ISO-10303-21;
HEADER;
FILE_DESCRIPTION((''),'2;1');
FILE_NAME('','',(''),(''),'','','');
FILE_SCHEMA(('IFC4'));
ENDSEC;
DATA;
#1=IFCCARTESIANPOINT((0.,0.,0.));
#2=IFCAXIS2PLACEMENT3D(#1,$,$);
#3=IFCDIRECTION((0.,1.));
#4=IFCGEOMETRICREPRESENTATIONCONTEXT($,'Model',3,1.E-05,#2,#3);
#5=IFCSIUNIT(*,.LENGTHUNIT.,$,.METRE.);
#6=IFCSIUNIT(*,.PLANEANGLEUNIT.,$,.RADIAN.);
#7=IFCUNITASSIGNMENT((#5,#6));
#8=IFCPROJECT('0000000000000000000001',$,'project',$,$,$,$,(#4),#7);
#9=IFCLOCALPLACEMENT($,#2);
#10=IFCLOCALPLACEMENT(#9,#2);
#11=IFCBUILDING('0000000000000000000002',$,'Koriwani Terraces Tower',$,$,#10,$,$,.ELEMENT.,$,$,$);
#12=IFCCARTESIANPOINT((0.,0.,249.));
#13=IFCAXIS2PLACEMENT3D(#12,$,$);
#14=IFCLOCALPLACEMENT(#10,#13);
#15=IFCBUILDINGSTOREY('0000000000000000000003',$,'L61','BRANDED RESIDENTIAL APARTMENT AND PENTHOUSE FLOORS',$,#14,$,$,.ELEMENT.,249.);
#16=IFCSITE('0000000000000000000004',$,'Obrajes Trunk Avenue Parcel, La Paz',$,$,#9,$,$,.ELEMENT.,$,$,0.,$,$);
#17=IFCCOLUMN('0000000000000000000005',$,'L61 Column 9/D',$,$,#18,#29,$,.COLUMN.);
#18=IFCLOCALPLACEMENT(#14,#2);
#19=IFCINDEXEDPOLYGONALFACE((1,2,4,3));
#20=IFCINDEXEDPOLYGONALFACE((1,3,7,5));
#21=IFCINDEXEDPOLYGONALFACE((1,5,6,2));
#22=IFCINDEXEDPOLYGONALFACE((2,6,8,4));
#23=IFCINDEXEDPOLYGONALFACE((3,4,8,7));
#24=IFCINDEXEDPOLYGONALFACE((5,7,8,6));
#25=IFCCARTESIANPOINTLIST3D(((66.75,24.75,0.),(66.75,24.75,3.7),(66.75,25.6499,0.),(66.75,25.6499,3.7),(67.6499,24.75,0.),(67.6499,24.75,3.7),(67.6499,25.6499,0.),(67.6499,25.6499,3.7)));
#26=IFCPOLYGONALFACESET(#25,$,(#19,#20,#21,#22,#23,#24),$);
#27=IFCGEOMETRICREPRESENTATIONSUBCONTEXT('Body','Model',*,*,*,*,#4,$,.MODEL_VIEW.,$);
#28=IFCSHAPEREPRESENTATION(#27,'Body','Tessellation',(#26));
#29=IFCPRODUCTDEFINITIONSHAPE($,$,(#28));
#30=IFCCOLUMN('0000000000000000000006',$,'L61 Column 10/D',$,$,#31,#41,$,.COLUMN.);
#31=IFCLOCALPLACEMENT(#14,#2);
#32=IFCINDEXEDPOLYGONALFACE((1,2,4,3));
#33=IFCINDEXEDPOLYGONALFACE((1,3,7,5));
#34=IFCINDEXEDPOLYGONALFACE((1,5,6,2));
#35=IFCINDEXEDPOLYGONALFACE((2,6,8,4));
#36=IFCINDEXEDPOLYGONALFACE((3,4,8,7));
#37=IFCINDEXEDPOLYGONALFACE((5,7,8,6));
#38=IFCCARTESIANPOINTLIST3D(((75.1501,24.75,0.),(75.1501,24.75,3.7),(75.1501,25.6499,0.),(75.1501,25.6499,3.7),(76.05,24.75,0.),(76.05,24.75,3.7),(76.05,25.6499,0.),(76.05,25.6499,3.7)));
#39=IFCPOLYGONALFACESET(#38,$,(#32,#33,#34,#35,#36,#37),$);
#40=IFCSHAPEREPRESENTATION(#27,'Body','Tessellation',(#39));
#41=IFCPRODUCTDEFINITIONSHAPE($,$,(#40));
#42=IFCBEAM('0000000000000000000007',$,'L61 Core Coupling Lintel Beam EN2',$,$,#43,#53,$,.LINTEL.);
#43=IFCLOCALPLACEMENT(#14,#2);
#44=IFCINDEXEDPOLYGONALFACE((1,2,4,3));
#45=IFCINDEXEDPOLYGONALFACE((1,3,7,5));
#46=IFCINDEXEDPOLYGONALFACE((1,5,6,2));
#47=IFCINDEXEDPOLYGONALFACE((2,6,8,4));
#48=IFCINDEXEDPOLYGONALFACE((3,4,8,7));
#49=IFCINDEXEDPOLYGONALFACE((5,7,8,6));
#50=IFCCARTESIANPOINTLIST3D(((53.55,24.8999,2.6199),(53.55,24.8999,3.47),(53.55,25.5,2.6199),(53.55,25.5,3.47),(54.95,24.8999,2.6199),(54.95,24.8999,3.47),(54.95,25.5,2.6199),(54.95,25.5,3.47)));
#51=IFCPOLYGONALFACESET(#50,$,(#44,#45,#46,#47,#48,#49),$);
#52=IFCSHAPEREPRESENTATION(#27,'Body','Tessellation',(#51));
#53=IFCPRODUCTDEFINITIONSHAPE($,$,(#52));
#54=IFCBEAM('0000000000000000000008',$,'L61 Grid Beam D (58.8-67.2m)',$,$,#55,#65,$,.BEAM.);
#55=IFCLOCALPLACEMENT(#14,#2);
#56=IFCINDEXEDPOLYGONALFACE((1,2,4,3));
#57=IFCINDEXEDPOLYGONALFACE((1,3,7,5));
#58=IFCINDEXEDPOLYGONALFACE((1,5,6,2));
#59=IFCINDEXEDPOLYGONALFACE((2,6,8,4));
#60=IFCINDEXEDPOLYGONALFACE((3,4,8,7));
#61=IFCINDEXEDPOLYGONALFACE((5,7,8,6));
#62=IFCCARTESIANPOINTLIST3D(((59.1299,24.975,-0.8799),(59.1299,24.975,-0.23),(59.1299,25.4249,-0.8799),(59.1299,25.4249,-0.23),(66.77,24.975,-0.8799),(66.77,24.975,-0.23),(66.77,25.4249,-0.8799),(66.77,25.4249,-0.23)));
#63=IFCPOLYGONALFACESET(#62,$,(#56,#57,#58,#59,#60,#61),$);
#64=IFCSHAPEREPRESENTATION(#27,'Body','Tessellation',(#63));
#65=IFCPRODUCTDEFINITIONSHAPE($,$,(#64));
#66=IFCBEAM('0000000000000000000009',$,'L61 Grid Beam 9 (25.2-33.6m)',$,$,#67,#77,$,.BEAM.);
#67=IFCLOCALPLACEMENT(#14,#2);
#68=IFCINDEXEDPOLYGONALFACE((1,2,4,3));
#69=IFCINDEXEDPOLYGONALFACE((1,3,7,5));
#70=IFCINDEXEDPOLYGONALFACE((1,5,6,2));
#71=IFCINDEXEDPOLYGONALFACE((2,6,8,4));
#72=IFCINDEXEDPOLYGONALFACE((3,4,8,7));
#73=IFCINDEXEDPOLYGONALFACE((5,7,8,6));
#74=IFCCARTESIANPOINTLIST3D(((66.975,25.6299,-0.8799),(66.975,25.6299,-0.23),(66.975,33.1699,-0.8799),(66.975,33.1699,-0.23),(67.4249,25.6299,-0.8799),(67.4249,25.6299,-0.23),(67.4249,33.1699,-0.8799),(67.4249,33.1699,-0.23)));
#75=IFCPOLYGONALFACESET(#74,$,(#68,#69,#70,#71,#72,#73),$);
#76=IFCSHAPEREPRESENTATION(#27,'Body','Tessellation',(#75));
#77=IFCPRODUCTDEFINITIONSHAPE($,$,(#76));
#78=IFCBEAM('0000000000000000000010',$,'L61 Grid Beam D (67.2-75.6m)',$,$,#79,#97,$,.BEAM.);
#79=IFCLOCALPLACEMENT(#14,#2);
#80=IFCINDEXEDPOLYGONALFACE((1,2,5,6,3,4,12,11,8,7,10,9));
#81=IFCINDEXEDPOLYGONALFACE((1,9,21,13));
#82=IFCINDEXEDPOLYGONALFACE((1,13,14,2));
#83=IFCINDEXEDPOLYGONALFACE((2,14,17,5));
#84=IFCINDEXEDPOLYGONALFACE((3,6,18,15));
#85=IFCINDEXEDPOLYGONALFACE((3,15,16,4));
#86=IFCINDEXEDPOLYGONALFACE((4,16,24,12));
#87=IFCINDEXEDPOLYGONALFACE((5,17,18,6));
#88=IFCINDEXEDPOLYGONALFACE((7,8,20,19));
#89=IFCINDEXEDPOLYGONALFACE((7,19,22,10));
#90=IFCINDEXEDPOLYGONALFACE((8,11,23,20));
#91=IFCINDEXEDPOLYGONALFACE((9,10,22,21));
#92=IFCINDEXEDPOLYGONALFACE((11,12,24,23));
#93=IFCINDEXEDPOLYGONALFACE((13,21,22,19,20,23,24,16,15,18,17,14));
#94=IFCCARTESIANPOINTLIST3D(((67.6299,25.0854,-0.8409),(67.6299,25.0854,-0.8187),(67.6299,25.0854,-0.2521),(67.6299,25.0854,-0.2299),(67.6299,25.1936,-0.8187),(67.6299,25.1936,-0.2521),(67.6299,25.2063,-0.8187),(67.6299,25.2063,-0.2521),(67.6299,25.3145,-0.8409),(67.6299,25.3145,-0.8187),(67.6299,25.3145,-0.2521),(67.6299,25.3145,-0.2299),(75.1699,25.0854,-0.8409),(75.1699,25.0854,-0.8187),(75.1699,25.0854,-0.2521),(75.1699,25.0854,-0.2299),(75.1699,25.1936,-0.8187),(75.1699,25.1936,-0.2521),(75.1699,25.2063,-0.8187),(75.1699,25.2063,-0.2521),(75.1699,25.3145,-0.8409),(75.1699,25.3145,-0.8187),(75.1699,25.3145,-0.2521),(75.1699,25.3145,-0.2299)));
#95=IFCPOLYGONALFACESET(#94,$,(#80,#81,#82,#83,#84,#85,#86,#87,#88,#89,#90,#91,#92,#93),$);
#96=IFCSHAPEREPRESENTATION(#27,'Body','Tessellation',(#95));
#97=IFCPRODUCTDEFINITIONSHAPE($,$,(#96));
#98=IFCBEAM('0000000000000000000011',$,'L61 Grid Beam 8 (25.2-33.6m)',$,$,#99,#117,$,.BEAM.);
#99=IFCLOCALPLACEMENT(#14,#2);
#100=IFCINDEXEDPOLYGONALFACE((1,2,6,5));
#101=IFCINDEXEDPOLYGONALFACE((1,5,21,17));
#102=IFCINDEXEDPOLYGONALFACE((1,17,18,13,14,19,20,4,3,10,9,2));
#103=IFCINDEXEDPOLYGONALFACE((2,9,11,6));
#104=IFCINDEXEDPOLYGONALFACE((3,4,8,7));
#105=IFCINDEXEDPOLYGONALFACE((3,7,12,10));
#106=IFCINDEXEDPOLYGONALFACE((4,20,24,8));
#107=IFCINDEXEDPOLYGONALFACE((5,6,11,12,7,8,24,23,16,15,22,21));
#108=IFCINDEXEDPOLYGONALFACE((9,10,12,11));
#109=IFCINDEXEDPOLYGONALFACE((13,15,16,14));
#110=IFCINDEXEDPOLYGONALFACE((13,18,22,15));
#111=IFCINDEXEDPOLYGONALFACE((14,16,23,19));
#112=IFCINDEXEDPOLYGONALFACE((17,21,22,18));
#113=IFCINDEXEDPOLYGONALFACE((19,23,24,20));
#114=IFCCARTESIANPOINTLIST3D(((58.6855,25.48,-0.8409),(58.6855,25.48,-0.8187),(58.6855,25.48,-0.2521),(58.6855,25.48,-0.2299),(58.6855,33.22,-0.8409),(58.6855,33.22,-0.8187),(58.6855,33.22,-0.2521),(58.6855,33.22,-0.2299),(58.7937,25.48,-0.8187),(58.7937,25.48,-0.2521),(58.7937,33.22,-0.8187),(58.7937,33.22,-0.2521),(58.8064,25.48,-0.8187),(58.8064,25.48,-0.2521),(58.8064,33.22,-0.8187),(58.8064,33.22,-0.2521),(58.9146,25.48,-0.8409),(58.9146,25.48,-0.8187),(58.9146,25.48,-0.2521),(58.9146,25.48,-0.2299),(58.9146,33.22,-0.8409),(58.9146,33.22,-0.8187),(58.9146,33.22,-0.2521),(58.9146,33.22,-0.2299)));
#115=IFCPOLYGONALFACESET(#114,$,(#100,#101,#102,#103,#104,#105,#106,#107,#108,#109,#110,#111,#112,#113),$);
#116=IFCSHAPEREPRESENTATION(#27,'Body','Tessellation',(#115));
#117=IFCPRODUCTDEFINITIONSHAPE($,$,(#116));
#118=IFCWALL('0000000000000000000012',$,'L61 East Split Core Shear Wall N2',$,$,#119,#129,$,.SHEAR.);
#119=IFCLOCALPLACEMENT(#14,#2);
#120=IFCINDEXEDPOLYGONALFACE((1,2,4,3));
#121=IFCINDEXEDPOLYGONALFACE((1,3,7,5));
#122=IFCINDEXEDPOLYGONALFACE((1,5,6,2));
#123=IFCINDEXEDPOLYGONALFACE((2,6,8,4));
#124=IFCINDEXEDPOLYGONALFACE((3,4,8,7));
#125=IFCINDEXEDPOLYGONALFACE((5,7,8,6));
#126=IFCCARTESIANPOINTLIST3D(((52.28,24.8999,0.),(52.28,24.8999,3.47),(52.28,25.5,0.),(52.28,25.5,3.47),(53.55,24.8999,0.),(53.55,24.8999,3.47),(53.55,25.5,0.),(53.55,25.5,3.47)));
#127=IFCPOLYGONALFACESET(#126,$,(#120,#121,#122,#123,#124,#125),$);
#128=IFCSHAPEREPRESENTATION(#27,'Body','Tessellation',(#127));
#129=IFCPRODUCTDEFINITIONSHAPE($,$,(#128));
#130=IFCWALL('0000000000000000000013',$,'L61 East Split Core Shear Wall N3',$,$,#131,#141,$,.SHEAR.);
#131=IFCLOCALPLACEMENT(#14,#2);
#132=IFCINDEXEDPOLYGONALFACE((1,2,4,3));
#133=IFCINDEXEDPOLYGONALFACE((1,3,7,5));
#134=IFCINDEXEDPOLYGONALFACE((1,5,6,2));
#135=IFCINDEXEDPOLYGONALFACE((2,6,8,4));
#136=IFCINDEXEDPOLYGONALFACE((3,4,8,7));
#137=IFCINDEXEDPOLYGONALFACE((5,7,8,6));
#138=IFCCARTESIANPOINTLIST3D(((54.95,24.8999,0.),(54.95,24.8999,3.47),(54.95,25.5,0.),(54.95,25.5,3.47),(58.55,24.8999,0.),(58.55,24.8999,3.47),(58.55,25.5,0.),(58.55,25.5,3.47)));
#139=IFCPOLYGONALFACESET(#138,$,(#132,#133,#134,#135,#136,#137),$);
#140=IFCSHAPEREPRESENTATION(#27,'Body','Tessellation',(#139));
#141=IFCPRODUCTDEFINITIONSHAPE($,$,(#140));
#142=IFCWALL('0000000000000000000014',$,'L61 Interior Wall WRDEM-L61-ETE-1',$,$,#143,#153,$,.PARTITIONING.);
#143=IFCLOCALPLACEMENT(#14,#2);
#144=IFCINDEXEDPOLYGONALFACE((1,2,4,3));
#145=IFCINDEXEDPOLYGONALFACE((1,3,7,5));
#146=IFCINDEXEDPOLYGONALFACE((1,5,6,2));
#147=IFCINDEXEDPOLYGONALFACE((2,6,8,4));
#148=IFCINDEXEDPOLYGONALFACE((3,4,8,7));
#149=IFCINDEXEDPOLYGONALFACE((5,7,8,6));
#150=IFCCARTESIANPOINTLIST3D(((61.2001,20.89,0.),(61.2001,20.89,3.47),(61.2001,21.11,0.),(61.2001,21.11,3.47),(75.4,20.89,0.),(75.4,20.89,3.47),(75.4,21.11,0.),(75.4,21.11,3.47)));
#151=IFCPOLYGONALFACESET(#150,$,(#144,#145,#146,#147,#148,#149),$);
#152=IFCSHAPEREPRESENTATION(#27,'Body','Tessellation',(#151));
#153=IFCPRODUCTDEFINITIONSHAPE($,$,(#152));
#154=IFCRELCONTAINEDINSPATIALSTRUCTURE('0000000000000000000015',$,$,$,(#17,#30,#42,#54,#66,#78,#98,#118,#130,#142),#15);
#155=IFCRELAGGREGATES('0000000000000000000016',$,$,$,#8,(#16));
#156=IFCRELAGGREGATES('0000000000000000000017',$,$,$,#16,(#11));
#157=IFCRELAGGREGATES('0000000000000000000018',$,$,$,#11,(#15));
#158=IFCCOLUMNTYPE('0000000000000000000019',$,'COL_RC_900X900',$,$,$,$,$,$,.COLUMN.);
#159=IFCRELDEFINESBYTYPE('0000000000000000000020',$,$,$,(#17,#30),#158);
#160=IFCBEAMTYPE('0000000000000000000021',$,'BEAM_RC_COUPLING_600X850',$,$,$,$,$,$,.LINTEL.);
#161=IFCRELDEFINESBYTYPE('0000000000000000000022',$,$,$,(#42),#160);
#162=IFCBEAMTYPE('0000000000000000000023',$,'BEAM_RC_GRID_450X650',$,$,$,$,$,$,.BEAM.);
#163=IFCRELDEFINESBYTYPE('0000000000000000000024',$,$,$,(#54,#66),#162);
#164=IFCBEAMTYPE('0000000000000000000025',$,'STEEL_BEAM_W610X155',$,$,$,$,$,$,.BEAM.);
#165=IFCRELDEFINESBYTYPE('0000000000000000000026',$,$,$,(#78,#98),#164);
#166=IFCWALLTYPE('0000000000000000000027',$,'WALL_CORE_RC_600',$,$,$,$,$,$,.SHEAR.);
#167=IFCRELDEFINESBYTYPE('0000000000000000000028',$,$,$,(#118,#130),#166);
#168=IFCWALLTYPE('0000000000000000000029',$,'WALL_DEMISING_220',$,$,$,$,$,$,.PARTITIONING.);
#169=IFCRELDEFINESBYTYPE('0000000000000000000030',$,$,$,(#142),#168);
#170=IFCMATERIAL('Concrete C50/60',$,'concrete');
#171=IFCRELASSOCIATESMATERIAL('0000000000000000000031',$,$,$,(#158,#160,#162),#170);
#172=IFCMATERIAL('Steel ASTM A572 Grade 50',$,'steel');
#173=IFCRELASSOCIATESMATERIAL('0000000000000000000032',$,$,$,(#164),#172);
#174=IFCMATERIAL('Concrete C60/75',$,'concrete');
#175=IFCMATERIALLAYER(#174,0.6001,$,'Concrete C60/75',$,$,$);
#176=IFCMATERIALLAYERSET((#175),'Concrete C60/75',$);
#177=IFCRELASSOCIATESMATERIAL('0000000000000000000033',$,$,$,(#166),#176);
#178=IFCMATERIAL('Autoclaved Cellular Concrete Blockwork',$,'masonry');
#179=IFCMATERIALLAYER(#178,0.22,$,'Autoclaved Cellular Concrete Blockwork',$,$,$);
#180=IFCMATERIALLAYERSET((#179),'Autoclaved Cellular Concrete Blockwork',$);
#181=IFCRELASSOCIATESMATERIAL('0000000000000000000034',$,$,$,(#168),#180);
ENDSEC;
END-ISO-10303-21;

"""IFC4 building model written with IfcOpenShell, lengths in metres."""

from ifc_helpers import new_model, si_unit, direction, frame, frame_2d, origin, origin_2d, place, context, subcontext, project, spatial, rectangle, i_section, extrude, material, layer, layer_set, material_profile, profile_set, type_object, element, save


model = new_model("IFC4")

# Units and contexts
model_context = context("Model", 3, precision=1e-05, world=origin(), true_north=direction((0.0, 1.0)))
body_context = subcontext(model_context, "Body", "Model", "MODEL_VIEW")
ifc_project = project(units=[si_unit("LENGTHUNIT", "METRE"), si_unit("PLANEANGLEUNIT", "RADIAN")], contexts=[model_context])

# Site, building, storey
site_placement = place(None, origin())
site = spatial("IfcSite", under=ifc_project, at=site_placement, Name="Obrajes Trunk Avenue Parcel, La Paz", CompositionType="ELEMENT", RefElevation=0.0)
building_placement = place(site_placement, origin())
building = spatial("IfcBuilding", under=site, at=building_placement, Name="Koriwani Terraces Tower", CompositionType="ELEMENT")
storey_placement = place(building_placement, frame((0.0, 0.0, 249.0)))
storey = spatial("IfcBuildingStorey", under=building, at=storey_placement, Name="L61", Description="BRANDED RESIDENTIAL APARTMENT AND PENTHOUSE FLOORS", CompositionType="ELEMENT", Elevation=249.0)

# Columns
ifc_material_1 = material(Name="Concrete C50/60", Category="concrete")
ifc_material_profile_1 = material_profile(ifc_material_1, rectangle(XDim=0.8999, YDim=0.8999, at=origin_2d()), Name="Concrete C50/60", Category="LoadBearing")
ifc_profile_set_1 = profile_set([ifc_material_profile_1], Name="Concrete C50/60")
column_type = type_object("IfcColumnType", Name="COL_RC_900X900", PredefinedType="COLUMN", material=ifc_profile_set_1)
for number, where, z_axis, x_axis, name in (
    (1, (67.2, 25.2, 0.0), (0.0, 0.0, 1.0), (1.0, 0.0, 0.0), "L61 Column 9/D"),
    (2, (75.6001, 25.2, 0.0), (0.0, 0.0, 1.0), (1.0, 0.0, 0.0), "L61 Column 10/D"),
):
    element("IfcColumn", number, at=place(storey_placement, frame(where, z_axis=z_axis, x_axis=x_axis)), inside=storey, type_object=column_type, Name=name, PredefinedType="COLUMN", context=body_context, shape_type="SweptSolid", body=[
        extrude(rectangle(XDim=0.8999, YDim=0.8999, at=origin_2d()), origin(), (0.0, 0.0, 1.0), 3.7),
    ])

# Beams
ifc_material_profile_2 = material_profile(ifc_material_1, rectangle(XDim=0.6001, YDim=0.8501, at=origin_2d()), Name="Concrete C50/60", Category="LoadBearing")
ifc_profile_set_2 = profile_set([ifc_material_profile_2], Name="Concrete C50/60")
beam_type_1 = type_object("IfcBeamType", Name="BEAM_RC_COUPLING_600X850", PredefinedType="LINTEL", material=ifc_profile_set_2)
beam_1_placement = place(storey_placement, frame((53.55, 25.2, 3.0449), z_axis=(1.0, 0.0, 0.0), x_axis=(0.0, 1.0, 0.0)))
element("IfcBeam", 3, at=beam_1_placement, inside=storey, type_object=beam_type_1, Name="L61 Core Coupling Lintel Beam EN2", PredefinedType="LINTEL", context=body_context, shape_type="SweptSolid", body=[
    extrude(rectangle(XDim=0.6001, YDim=0.8501, at=origin_2d()), origin(), (0.0, 0.0, 1.0), 1.3999),
])
ifc_material_profile_3 = material_profile(ifc_material_1, rectangle(XDim=0.45, YDim=0.6499, at=origin_2d()), Name="Concrete C50/60", Category="LoadBearing")
ifc_profile_set_3 = profile_set([ifc_material_profile_3], Name="Concrete C50/60")
beam_type_2 = type_object("IfcBeamType", Name="BEAM_RC_GRID_450X650", PredefinedType="BEAM", material=ifc_profile_set_3)
beam_2_placement = place(storey_placement, frame((59.1299, 25.2, -0.5549), z_axis=(1.0, 0.0, 0.0), x_axis=(0.0, 1.0, 0.0)))
element("IfcBeam", 4, at=beam_2_placement, inside=storey, type_object=beam_type_2, Name="L61 Grid Beam D (58.8-67.2m)", PredefinedType="BEAM", context=body_context, shape_type="SweptSolid", body=[
    extrude(rectangle(XDim=0.45, YDim=0.6499, at=origin_2d()), origin(), (0.0, 0.0, 1.0), 7.6401),
])
beam_3_placement = place(storey_placement, frame((67.2, 25.6299, -0.5549), z_axis=(0.0, 1.0, 0.0), x_axis=(-1.0, 0.0, 0.0)))
element("IfcBeam", 5, at=beam_3_placement, inside=storey, type_object=beam_type_2, Name="L61 Grid Beam 9 (25.2-33.6m)", PredefinedType="BEAM", context=body_context, shape_type="SweptSolid", body=[
    extrude(rectangle(XDim=0.45, YDim=0.6499, at=origin_2d()), origin(), (0.0, 0.0, 1.0), 7.54),
])
ifc_material_2 = material(Name="Steel ASTM A572 Grade 50", Category="steel")
ifc_material_profile_4 = material_profile(ifc_material_2, i_section(OverallWidth=0.229, OverallDepth=0.6111, WebThickness=0.0127, FlangeThickness=0.0222, at=origin_2d()), Name="Steel ASTM A572 Grade 50", Category="LoadBearing")
ifc_profile_set_4 = profile_set([ifc_material_profile_4], Name="Steel ASTM A572 Grade 50")
beam_type_3 = type_object("IfcBeamType", Name="STEEL_BEAM_W610X155", PredefinedType="BEAM", material=ifc_profile_set_4)
beam_4_placement = place(storey_placement, frame((67.6299, 25.2, -0.5354), z_axis=(1.0, 0.0, 0.0), x_axis=(0.0, 1.0, 0.0)))
element("IfcBeam", 6, at=beam_4_placement, inside=storey, type_object=beam_type_3, Name="L61 Grid Beam D (67.2-75.6m)", PredefinedType="BEAM", context=body_context, shape_type="SweptSolid", body=[
    extrude(i_section(OverallWidth=0.229, OverallDepth=0.6111, WebThickness=0.0127, FlangeThickness=0.0222, at=origin_2d()), origin(), (0.0, 0.0, 1.0), 7.54),
])
beam_5_placement = place(storey_placement, frame((58.8, 25.48, -0.5354), z_axis=(0.0, 1.0, 0.0), x_axis=(-1.0, 0.0, 0.0)))
element("IfcBeam", 7, at=beam_5_placement, inside=storey, type_object=beam_type_3, Name="L61 Grid Beam 8 (25.2-33.6m)", PredefinedType="BEAM", context=body_context, shape_type="SweptSolid", body=[
    extrude(i_section(OverallWidth=0.229, OverallDepth=0.6111, WebThickness=0.0127, FlangeThickness=0.0222, at=origin_2d()), origin(), (0.0, 0.0, 1.0), 7.74),
])

# Walls
ifc_material_3 = material(Name="Concrete C60/75", Category="concrete")
ifc_layer_1 = layer(ifc_material_3, 0.6001, Name="Concrete C60/75")
ifc_layer_set_1 = layer_set([ifc_layer_1], Name="Concrete C60/75")
wall_type_1 = type_object("IfcWallType", Name="WALL_CORE_RC_600", PredefinedType="SHEAR", material=ifc_layer_set_1)
wall_1_placement = place(storey_placement, frame((52.28, 25.2, 0.0), z_axis=(0.0, 0.0, 1.0), x_axis=(1.0, 0.0, 0.0)))
element("IfcWall", 8, at=wall_1_placement, inside=storey, type_object=wall_type_1, Name="L61 East Split Core Shear Wall N2", PredefinedType="SHEAR", context=body_context, shape_type="SweptSolid", body=[
    extrude(rectangle(XDim=1.27, YDim=0.6001, at=frame_2d((0.635, 0.0))), origin(), (0.0, 0.0, 1.0), 3.47),
])
wall_2_placement = place(storey_placement, frame((54.95, 25.2, 0.0), z_axis=(0.0, 0.0, 1.0), x_axis=(1.0, 0.0, 0.0)))
element("IfcWall", 9, at=wall_2_placement, inside=storey, type_object=wall_type_1, Name="L61 East Split Core Shear Wall N3", PredefinedType="SHEAR", context=body_context, shape_type="SweptSolid", body=[
    extrude(rectangle(XDim=3.6001, YDim=0.6001, at=frame_2d((1.8, 0.0))), origin(), (0.0, 0.0, 1.0), 3.47),
])
ifc_material_4 = material(Name="Autoclaved Cellular Concrete Blockwork", Category="masonry")
ifc_layer_2 = layer(ifc_material_4, 0.22, Name="Autoclaved Cellular Concrete Blockwork")
ifc_layer_set_2 = layer_set([ifc_layer_2], Name="Autoclaved Cellular Concrete Blockwork")
wall_type_2 = type_object("IfcWallType", Name="WALL_DEMISING_220", PredefinedType="PARTITIONING", material=ifc_layer_set_2)
wall_3_placement = place(storey_placement, frame((61.2, 21.0, 0.0), z_axis=(0.0, 0.0, 1.0), x_axis=(1.0, 0.0, 0.0)))
element("IfcWall", 10, at=wall_3_placement, inside=storey, type_object=wall_type_2, Name="L61 Interior Wall WRDEM-L61-ETE-1", PredefinedType="PARTITIONING", context=body_context, shape_type="SweptSolid", body=[
    extrude(rectangle(XDim=14.2, YDim=0.22, at=frame_2d((7.1001, 0.0))), origin(), (0.0, 0.0, 1.0), 3.47),
])

save(model, "model.ifc")
